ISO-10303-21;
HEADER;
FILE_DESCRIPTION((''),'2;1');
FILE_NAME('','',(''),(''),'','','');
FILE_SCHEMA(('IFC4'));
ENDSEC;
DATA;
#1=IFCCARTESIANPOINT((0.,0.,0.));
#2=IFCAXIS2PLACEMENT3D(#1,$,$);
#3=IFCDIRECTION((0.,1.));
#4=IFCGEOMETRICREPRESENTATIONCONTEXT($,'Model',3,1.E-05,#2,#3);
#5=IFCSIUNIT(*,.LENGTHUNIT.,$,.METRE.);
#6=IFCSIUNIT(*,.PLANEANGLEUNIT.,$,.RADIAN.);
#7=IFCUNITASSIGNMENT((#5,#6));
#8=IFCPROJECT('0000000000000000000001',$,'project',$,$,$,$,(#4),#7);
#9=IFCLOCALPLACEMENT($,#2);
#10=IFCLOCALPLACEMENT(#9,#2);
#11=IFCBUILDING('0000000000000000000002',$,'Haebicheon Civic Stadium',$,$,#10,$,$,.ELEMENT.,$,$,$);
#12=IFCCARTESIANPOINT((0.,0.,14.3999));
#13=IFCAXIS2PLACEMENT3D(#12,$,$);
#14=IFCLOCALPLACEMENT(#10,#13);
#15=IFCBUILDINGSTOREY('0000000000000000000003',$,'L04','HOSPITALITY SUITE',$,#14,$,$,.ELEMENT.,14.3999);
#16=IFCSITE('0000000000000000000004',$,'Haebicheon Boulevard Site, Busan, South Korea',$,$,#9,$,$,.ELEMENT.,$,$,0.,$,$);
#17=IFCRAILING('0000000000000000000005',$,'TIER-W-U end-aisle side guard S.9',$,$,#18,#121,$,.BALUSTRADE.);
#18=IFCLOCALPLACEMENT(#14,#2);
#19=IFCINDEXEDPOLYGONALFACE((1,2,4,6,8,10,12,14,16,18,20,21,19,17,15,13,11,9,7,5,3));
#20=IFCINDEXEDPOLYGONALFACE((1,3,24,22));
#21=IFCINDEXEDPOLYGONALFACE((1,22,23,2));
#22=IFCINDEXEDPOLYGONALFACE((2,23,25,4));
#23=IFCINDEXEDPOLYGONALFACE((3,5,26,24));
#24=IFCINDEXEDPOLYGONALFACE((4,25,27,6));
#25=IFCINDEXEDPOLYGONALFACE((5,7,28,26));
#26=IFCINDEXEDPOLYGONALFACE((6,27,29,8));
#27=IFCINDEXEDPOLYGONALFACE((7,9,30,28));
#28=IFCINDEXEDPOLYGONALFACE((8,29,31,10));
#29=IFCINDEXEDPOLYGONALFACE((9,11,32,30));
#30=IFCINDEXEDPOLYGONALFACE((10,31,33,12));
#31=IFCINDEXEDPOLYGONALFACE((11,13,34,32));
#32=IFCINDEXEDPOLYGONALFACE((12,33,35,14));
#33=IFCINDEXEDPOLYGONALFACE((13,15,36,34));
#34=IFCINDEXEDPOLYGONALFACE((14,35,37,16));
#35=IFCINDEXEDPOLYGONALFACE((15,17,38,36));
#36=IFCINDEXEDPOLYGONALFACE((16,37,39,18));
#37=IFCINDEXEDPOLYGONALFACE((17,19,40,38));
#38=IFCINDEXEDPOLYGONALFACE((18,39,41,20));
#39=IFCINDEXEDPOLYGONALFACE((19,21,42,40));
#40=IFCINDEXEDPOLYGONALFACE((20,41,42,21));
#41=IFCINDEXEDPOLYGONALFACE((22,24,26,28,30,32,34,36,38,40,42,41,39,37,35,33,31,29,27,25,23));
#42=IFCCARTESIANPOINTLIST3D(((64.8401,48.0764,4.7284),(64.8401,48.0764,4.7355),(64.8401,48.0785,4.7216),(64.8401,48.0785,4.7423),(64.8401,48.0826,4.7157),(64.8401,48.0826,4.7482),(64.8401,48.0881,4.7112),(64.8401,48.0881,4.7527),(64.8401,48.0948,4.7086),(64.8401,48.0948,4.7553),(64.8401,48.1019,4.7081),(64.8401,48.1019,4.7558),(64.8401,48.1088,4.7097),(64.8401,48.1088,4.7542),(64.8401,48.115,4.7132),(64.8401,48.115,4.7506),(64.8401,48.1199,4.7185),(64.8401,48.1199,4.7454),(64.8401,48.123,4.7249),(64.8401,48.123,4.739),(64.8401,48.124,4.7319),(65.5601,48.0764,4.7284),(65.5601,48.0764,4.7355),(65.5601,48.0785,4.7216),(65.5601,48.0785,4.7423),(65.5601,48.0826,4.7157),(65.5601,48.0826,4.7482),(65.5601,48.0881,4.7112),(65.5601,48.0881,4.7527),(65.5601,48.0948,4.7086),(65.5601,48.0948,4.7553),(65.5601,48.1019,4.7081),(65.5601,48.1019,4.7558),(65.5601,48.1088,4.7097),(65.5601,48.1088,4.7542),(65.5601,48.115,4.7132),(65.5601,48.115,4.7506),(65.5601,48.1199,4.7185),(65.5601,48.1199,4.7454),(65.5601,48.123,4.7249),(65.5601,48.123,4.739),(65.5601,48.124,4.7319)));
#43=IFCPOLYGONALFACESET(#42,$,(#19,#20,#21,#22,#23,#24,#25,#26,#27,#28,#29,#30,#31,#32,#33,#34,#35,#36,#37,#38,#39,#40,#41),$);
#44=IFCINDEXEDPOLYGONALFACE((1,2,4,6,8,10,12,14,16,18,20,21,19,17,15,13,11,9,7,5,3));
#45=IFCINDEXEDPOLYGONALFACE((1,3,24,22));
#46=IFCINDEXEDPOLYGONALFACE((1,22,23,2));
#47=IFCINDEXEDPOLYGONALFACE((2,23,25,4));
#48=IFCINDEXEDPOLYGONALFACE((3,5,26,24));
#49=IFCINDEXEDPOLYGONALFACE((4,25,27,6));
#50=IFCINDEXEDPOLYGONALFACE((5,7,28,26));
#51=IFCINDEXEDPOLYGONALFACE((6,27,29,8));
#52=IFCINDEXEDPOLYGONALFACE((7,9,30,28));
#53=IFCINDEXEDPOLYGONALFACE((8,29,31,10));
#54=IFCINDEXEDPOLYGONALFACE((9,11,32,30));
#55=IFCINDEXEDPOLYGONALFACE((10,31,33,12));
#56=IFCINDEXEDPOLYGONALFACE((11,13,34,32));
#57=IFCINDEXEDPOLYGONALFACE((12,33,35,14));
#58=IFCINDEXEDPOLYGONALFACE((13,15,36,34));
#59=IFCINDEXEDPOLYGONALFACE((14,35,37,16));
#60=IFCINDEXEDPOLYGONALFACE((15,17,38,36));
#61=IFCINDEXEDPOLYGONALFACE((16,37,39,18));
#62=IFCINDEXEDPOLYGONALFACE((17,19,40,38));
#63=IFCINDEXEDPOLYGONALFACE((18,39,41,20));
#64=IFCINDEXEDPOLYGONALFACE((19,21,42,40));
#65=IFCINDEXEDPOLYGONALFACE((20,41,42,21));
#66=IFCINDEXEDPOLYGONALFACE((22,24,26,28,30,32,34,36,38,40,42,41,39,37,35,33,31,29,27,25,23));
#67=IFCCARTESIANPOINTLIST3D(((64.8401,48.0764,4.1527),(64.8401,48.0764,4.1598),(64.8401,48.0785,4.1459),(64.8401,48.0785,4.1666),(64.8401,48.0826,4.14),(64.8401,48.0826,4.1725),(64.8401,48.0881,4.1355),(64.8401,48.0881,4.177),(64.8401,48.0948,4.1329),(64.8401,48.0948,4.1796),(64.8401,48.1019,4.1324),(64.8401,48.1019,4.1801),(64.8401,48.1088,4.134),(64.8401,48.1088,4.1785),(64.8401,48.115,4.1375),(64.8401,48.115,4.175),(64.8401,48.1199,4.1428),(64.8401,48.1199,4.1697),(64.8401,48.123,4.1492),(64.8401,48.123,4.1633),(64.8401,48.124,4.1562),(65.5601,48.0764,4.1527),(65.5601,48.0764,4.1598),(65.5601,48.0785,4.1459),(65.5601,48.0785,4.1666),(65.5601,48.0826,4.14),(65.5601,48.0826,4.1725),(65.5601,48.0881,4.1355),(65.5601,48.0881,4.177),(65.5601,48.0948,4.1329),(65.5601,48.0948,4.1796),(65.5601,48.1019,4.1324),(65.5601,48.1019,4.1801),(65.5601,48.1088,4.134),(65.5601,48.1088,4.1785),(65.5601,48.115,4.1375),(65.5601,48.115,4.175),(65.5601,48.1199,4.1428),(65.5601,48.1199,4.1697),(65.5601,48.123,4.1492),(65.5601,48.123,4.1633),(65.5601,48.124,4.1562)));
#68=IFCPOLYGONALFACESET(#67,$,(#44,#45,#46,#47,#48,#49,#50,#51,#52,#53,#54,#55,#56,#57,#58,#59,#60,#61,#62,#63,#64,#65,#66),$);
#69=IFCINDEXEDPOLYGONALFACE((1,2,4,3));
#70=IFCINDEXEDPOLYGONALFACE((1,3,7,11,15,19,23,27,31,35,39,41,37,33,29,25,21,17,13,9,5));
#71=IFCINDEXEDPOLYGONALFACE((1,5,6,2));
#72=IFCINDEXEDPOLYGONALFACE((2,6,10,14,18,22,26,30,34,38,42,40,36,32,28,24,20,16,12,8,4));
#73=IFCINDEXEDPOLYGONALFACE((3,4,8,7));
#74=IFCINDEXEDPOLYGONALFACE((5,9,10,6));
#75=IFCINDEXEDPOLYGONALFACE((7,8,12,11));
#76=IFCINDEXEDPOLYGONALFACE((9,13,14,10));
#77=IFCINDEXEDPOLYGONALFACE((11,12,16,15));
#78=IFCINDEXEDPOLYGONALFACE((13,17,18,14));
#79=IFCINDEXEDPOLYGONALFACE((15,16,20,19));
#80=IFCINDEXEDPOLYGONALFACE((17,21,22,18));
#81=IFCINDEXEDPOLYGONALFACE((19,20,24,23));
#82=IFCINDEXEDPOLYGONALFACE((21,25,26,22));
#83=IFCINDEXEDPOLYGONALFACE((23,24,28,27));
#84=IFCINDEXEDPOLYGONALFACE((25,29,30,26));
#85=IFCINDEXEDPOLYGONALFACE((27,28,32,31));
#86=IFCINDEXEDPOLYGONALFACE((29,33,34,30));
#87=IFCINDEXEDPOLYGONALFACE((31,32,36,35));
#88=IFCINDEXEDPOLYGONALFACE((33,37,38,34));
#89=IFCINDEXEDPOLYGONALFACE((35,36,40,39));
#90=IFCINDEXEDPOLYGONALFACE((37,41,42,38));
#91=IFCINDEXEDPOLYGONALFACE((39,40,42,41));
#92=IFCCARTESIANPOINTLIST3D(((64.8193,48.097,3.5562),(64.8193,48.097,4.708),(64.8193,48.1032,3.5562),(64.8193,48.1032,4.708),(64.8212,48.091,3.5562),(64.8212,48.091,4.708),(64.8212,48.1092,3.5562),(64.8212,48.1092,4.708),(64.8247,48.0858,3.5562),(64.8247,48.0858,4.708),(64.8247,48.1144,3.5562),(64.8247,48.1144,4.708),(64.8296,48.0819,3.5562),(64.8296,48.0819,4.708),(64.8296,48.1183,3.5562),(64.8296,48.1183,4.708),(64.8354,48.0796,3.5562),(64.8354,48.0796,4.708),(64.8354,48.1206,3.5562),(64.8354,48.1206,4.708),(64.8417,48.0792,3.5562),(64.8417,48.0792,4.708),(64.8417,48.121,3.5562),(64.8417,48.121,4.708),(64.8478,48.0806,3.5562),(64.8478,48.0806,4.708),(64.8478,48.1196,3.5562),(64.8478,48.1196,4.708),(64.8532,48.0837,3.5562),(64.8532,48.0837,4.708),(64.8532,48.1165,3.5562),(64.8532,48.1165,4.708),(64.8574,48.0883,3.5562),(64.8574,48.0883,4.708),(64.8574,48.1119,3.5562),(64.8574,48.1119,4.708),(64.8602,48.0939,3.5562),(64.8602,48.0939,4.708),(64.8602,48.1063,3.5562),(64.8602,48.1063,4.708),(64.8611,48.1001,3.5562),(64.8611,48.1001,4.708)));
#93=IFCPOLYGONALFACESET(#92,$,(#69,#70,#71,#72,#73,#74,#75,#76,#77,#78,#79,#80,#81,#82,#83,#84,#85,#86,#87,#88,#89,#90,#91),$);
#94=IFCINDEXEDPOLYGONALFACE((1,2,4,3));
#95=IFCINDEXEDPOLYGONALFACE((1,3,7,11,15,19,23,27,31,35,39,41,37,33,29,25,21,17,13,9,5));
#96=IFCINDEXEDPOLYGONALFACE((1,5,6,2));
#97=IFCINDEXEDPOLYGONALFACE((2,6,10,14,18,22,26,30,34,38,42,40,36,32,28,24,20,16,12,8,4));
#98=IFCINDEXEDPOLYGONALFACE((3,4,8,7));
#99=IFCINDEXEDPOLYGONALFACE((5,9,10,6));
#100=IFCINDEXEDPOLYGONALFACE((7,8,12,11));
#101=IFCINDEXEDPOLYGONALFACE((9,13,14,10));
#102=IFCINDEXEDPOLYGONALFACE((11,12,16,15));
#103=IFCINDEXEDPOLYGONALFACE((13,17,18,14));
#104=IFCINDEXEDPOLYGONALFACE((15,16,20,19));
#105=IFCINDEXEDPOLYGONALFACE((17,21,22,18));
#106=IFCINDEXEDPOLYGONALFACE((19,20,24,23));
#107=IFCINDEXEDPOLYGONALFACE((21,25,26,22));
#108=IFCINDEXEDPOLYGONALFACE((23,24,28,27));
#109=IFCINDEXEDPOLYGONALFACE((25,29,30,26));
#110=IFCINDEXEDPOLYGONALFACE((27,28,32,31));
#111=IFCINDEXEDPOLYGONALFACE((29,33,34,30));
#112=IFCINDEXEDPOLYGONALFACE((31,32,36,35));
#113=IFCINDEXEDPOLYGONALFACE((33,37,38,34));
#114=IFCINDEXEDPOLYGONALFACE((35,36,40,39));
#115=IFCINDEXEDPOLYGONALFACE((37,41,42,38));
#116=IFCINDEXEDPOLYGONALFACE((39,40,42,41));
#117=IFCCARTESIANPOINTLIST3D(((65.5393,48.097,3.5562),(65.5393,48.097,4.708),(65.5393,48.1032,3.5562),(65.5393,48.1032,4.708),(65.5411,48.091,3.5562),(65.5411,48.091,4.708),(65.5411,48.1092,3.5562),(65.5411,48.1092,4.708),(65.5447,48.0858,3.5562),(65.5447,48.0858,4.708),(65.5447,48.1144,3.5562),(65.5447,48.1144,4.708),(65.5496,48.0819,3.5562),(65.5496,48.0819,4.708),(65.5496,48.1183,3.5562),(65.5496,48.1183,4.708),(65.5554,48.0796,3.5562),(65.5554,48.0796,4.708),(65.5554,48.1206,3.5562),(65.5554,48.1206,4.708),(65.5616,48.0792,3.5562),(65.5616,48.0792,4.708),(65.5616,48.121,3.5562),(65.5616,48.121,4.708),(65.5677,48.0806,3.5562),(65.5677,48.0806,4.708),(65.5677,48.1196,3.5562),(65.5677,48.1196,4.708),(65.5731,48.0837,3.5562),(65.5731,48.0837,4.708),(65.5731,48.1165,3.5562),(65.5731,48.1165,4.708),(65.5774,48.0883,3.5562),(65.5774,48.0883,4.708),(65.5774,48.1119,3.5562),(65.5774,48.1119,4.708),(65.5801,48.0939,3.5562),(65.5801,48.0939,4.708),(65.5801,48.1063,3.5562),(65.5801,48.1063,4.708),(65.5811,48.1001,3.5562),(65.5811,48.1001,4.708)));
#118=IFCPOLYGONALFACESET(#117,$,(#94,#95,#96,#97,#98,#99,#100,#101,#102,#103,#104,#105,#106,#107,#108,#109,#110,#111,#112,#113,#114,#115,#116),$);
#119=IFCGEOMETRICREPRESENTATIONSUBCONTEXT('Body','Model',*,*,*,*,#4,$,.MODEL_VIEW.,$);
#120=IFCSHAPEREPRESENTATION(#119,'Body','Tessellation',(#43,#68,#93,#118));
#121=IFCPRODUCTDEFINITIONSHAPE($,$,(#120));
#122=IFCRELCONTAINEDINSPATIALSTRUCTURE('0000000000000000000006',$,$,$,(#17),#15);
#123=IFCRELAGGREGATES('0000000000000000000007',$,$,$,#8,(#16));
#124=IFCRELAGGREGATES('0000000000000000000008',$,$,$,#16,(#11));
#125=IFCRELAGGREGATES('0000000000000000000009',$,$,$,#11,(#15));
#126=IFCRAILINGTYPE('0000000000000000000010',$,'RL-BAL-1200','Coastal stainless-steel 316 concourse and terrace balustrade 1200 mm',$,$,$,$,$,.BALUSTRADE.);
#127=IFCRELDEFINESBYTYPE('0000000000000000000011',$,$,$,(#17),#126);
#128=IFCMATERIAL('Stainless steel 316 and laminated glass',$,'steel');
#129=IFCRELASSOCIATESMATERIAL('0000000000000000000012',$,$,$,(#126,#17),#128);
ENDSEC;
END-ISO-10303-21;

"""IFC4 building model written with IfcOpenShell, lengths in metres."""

from ifc_helpers import new_model, si_unit, direction, frame, origin, origin_2d, place, context, subcontext, project, spatial, circle, extrude, material, type_object, element, save


model = new_model("IFC4")

# Units and contexts
model_context = context("Model", 3, precision=1e-05, world=origin(), true_north=direction((0.0, 1.0)))
body_context = subcontext(model_context, "Body", "Model", "MODEL_VIEW")
ifc_project = project(units=[si_unit("LENGTHUNIT", "METRE"), si_unit("PLANEANGLEUNIT", "RADIAN")], contexts=[model_context])

# Site, building, storey
site_placement = place(None, origin())
site = spatial("IfcSite", under=ifc_project, at=site_placement, Name="Haebicheon Boulevard Site, Busan, South Korea", CompositionType="ELEMENT", RefElevation=0.0)
building_placement = place(site_placement, origin())
building = spatial("IfcBuilding", under=site, at=building_placement, Name="Haebicheon Civic Stadium", CompositionType="ELEMENT")
storey_placement = place(building_placement, frame((0.0, 0.0, 14.3999)))
storey = spatial("IfcBuildingStorey", under=building, at=storey_placement, Name="L04", Description="HOSPITALITY SUITE", CompositionType="ELEMENT", Elevation=14.3999)

# Railing
ifc_material_1 = material(Name="Stainless steel 316 and laminated glass", Category="steel")
railing_type = type_object("IfcRailingType", Name="RL-BAL-1200", Description="Coastal stainless-steel 316 concourse and terrace balustrade 1200 mm", PredefinedType="BALUSTRADE", material=ifc_material_1)
railing_1_placement = place(storey_placement, frame((64.8401, 48.1001, 3.5562)))
element("IfcRailing", 1, at=railing_1_placement, inside=storey, type_object=railing_type, material=ifc_material_1, Name="TIER-W-U end-aisle side guard S.9", PredefinedType="BALUSTRADE", context=body_context, shape_type="SweptSolid", body=[
    extrude(circle(Radius=0.0239, at=origin_2d()), frame((0.0, 0.0, 1.1758), z_axis=(1.0, 0.0, 0.0), x_axis=(0.0, 1.0, 0.0)), (0.0, 0.0, 1.0), 0.72),
    extrude(circle(Radius=0.0239, at=origin_2d()), frame((0.0, 0.0, 0.6001), z_axis=(1.0, 0.0, 0.0), x_axis=(0.0, 1.0, 0.0)), (0.0, 0.0, 1.0), 0.72),
    extrude(circle(Radius=0.021, at=origin_2d()), origin(), (0.0, 0.0, 1.0), 1.1519),
    extrude(circle(Radius=0.021, at=origin_2d()), frame((0.72, 0.0, 0.0)), (0.0, 0.0, 1.0), 1.1519),
])

save(model, "model.ifc")
